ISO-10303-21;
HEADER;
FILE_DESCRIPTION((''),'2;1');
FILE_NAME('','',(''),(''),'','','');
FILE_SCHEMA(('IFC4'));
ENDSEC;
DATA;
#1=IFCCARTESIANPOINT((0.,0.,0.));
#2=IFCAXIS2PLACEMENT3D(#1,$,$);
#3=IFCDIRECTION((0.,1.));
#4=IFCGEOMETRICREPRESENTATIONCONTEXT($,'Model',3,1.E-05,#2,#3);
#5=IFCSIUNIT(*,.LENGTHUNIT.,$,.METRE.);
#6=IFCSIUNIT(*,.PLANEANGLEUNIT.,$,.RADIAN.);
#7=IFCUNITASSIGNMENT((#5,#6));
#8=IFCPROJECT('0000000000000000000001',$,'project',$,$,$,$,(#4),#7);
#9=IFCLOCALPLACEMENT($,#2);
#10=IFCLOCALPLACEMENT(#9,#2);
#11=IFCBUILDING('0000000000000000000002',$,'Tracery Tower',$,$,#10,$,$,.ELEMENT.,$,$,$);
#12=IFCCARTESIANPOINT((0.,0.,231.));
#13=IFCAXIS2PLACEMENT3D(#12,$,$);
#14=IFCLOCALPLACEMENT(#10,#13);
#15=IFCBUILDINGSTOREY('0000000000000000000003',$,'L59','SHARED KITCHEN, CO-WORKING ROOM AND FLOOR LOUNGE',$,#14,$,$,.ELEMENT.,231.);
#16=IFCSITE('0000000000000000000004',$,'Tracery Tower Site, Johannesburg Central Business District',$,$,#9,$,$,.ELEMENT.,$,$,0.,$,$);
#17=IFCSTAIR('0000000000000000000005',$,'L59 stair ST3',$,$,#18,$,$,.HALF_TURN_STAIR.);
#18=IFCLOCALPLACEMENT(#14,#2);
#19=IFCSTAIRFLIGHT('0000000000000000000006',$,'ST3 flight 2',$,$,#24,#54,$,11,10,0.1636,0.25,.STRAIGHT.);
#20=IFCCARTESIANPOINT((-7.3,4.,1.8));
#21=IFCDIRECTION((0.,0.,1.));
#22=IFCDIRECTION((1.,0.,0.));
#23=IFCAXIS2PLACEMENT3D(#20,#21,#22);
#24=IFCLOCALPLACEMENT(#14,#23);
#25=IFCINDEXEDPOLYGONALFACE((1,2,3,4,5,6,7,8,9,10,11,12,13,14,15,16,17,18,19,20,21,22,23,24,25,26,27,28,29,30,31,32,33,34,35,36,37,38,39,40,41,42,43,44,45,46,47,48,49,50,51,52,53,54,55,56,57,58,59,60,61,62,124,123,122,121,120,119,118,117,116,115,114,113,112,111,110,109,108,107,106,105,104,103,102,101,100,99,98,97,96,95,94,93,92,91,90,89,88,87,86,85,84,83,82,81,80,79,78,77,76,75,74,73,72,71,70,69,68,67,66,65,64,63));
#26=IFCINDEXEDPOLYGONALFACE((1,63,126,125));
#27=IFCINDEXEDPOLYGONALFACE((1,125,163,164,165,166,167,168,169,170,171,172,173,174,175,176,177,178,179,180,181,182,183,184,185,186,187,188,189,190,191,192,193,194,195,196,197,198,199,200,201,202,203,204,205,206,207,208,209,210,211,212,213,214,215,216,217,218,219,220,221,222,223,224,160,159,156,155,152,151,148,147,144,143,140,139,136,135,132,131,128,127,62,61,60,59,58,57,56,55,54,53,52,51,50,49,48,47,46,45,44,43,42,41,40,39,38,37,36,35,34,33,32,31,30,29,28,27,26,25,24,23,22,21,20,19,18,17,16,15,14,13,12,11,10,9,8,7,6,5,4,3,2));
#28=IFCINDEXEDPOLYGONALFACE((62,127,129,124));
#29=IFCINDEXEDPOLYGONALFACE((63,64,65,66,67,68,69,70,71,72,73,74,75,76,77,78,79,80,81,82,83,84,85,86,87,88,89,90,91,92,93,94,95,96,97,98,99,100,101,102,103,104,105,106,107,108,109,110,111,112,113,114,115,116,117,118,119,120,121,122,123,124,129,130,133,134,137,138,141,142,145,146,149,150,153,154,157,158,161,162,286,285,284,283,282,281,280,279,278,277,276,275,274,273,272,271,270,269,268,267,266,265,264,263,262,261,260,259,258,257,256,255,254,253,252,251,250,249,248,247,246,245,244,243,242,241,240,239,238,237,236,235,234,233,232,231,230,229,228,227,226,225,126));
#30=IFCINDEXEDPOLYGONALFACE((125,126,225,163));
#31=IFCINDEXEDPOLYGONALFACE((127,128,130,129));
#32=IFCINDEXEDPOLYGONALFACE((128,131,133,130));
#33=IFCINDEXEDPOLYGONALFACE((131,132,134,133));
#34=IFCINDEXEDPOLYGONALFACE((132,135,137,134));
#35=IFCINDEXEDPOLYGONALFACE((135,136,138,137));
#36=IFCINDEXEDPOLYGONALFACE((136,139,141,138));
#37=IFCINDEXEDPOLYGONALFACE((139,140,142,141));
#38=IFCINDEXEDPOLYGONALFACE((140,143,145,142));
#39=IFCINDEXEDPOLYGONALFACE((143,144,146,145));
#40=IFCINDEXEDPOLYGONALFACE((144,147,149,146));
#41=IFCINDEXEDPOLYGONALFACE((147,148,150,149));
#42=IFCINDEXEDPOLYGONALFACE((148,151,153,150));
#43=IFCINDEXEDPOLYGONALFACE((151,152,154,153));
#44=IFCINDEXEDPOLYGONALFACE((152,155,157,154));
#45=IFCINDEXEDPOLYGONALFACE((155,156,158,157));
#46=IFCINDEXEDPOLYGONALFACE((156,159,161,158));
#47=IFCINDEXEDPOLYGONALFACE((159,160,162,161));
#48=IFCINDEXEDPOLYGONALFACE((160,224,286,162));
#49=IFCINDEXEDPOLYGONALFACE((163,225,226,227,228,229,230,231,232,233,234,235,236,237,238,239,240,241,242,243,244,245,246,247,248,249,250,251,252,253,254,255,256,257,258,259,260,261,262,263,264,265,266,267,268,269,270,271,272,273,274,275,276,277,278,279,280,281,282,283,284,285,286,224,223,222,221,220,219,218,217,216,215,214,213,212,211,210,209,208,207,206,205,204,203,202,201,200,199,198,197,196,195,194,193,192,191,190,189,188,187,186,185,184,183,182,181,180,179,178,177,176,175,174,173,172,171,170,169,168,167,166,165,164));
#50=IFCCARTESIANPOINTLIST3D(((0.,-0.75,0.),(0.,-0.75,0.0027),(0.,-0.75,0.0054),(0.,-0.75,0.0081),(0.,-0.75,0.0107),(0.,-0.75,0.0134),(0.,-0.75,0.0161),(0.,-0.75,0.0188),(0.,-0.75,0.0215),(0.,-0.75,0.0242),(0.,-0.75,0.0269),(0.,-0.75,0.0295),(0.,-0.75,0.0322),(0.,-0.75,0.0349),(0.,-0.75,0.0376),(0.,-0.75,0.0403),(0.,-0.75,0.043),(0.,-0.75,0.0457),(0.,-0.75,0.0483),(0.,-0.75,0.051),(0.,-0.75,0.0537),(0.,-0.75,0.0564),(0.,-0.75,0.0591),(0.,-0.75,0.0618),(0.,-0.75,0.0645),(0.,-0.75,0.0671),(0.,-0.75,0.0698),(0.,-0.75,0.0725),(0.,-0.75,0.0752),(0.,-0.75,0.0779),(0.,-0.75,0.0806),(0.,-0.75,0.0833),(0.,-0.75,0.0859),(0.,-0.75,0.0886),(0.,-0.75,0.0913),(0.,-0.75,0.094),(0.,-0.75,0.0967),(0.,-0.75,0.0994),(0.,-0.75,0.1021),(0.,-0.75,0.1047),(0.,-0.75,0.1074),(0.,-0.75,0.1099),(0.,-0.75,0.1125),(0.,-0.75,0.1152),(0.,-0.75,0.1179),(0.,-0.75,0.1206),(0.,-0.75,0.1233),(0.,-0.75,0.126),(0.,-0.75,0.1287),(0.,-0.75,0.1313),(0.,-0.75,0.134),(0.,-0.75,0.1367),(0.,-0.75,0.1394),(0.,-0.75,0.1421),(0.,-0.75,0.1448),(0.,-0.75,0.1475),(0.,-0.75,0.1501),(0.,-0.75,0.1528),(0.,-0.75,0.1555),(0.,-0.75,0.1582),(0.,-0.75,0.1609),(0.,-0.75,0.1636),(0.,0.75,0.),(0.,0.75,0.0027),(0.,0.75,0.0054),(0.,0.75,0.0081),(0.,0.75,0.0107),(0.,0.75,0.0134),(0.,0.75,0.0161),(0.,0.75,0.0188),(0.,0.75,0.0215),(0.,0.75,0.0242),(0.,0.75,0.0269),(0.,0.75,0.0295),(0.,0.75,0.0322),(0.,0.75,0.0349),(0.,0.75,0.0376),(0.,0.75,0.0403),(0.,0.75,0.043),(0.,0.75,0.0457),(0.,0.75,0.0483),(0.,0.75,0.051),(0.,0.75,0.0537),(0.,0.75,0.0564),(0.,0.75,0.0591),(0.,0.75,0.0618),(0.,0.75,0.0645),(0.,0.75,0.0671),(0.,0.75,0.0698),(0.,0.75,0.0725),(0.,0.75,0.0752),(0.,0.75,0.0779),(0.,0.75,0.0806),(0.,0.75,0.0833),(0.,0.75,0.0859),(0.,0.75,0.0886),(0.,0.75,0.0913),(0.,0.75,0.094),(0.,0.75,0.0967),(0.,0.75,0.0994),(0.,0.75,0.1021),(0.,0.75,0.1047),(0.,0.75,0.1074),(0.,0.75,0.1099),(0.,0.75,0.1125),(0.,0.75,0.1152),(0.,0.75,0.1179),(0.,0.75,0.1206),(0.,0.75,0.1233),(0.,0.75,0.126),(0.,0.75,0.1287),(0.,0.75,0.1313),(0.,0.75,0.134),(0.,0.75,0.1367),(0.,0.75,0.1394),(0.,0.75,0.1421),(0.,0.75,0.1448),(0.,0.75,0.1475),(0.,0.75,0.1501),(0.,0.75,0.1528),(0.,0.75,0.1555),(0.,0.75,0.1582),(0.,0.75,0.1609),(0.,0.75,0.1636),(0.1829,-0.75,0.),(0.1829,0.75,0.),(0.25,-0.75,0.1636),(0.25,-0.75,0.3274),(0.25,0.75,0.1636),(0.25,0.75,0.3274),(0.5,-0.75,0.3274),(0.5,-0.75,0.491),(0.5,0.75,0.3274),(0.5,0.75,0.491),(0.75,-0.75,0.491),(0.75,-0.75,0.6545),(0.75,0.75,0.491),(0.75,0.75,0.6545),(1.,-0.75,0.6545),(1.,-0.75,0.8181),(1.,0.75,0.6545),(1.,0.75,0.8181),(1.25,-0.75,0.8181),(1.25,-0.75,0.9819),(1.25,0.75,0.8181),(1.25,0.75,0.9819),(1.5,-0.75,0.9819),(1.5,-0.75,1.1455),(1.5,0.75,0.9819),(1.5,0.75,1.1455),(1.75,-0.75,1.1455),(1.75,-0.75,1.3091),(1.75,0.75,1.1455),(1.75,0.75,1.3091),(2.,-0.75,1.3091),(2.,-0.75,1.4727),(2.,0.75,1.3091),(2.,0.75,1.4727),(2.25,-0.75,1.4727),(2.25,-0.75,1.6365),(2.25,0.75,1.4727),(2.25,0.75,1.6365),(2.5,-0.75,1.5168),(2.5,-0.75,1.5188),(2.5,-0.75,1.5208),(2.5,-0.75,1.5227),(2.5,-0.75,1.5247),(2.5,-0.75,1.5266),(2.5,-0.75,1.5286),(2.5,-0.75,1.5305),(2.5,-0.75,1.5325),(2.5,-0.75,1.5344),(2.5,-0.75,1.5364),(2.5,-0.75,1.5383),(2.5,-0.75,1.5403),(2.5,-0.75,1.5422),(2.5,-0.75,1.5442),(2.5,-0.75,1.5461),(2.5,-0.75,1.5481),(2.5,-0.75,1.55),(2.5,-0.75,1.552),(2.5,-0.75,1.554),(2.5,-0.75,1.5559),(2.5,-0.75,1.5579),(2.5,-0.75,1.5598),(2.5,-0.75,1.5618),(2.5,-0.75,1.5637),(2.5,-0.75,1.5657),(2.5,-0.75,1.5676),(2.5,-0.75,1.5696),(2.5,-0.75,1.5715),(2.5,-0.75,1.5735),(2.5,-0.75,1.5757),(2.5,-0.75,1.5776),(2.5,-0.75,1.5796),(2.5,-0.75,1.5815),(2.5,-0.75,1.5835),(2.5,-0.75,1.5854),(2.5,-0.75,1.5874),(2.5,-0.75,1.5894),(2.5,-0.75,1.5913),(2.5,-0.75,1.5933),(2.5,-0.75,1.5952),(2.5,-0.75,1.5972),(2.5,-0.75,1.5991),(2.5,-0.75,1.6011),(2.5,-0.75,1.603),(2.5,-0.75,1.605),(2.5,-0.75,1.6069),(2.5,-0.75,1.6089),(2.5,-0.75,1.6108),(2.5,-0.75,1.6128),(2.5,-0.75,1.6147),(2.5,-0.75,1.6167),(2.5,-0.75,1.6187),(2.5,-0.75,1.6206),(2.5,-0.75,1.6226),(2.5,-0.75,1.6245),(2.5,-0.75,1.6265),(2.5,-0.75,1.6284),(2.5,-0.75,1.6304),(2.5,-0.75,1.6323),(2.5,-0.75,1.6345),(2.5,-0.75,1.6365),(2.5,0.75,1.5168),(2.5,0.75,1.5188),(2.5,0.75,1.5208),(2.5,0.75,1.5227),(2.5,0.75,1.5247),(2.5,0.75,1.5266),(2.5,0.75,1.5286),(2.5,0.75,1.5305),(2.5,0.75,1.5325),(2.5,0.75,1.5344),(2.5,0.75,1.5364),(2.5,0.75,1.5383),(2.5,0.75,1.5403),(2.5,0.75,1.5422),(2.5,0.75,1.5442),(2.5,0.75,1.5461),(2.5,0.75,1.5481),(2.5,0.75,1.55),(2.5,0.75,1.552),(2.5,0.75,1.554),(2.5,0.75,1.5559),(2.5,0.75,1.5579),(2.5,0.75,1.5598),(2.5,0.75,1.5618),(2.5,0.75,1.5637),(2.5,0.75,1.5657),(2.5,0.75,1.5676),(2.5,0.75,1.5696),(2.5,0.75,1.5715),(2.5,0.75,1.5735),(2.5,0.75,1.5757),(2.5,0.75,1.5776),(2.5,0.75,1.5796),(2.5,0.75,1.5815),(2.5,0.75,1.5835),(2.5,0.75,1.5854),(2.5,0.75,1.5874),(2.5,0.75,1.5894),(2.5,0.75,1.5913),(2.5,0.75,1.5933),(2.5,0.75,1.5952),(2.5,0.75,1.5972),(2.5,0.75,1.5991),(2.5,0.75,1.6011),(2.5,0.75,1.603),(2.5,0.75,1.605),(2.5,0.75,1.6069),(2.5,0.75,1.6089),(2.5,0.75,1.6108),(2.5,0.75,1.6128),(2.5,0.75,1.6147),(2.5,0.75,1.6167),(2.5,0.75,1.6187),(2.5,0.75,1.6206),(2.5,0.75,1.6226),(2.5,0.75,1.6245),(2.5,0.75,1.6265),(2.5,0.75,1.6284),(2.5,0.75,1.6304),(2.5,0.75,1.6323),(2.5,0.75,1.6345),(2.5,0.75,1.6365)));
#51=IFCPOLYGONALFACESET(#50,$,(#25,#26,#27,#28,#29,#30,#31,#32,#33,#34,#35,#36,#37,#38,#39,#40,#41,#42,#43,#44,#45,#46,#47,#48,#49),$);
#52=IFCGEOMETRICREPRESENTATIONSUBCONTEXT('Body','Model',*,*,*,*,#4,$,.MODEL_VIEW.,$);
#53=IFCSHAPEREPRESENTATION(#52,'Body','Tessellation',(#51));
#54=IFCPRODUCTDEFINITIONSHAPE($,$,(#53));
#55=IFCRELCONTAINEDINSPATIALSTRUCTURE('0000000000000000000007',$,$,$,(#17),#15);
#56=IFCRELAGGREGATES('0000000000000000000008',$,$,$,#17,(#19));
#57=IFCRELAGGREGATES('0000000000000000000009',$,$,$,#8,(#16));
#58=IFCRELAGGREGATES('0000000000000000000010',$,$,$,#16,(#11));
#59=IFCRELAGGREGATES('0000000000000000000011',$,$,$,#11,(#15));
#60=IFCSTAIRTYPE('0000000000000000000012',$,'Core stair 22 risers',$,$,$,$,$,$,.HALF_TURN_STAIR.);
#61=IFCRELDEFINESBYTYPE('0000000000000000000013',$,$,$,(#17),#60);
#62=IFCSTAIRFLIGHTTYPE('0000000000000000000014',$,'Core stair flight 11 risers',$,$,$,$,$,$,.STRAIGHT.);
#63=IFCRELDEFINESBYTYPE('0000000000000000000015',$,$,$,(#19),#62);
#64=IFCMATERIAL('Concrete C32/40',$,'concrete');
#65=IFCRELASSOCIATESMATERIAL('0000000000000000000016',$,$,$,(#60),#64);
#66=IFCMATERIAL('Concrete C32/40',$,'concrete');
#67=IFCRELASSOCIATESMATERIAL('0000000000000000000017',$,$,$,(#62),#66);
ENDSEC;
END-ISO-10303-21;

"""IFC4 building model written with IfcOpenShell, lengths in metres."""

from ifc_helpers import new_model, si_unit, direction, frame, origin, place, context, subcontext, project, spatial, polyline, outline, extrude, material, type_object, element, aggregate, save


model = new_model("IFC4")

# Units and contexts
model_context = context("Model", 3, precision=1e-05, world=origin(), true_north=direction((0.0, 1.0)))
body_context = subcontext(model_context, "Body", "Model", "MODEL_VIEW")
ifc_project = project(units=[si_unit("LENGTHUNIT", "METRE"), si_unit("PLANEANGLEUNIT", "RADIAN")], contexts=[model_context])

# Site, building, storey
site_placement = place(None, origin())
site = spatial("IfcSite", under=ifc_project, at=site_placement, Name="Tracery Tower Site, Johannesburg Central Business District", CompositionType="ELEMENT", RefElevation=0.0)
building_placement = place(site_placement, origin())
building = spatial("IfcBuilding", under=site, at=building_placement, Name="Tracery Tower", CompositionType="ELEMENT")
storey_placement = place(building_placement, frame((0.0, 0.0, 231.0)))
storey = spatial("IfcBuildingStorey", under=building, at=storey_placement, Name="L59", Description="SHARED KITCHEN, CO-WORKING ROOM AND FLOOR LOUNGE", CompositionType="ELEMENT", Elevation=231.0)

# Stair, stair flight
ifc_material_1 = material(Name="Concrete C32/40", Category="concrete")
stair_type = type_object("IfcStairType", Name="Core stair 22 risers", PredefinedType="HALF_TURN_STAIR", material=ifc_material_1)
stair_placement = place(storey_placement, origin())
stair = element("IfcStair", 1, at=stair_placement, inside=storey, type_object=stair_type, Name="L59 stair ST3", PredefinedType="HALF_TURN_STAIR")
ifc_material_2 = material(Name="Concrete C32/40", Category="concrete")
stair_flight_type = type_object("IfcStairFlightType", Name="Core stair flight 11 risers", PredefinedType="STRAIGHT", material=ifc_material_2)
stair_flight_1_placement = place(storey_placement, frame((-7.3, 4.0, 1.8), z_axis=(0.0, 0.0, 1.0), x_axis=(1.0, 0.0, 0.0)))
stair_flight_1 = element("IfcStairFlight", 2, at=stair_flight_1_placement, type_object=stair_flight_type, Name="ST3 flight 2", NumberOfRisers=11, NumberOfTreads=10, PredefinedType="STRAIGHT", RiserHeight=0.1636, TreadLength=0.25, context=body_context, shape_type="SweptSolid", body=[
    extrude(outline(polyline([(0.0, 0.0), (0.0, 0.0027), (0.0, 0.0054), (0.0, 0.0081), (0.0, 0.0107), (0.0, 0.0134), (0.0, 0.0161), (0.0, 0.0188), (0.0, 0.0215), (0.0, 0.0242), (0.0, 0.0269), (0.0, 0.0295), (0.0, 0.0322), (0.0, 0.0349), (0.0, 0.0376), (0.0, 0.0403), (0.0, 0.043), (0.0, 0.0457), (0.0, 0.0483), (0.0, 0.051), (0.0, 0.0537), (0.0, 0.0564), (0.0, 0.0591), (0.0, 0.0618), (0.0, 0.0645), (0.0, 0.0671), (0.0, 0.0698), (0.0, 0.0725), (0.0, 0.0752), (0.0, 0.0779), (0.0, 0.0806), (0.0, 0.0833), (0.0, 0.0859), (0.0, 0.0886), (0.0, 0.0913), (0.0, 0.094), (0.0, 0.0967), (0.0, 0.0994), (0.0, 0.1021), (0.0, 0.1047), (0.0, 0.1074), (0.0, 0.1099), (0.0, 0.1125), (0.0, 0.1152), (0.0, 0.1179), (0.0, 0.1206), (0.0, 0.1233), (0.0, 0.126), (0.0, 0.1287), (0.0, 0.1313), (0.0, 0.134), (0.0, 0.1367), (0.0, 0.1394), (0.0, 0.1421), (0.0, 0.1448), (0.0, 0.1475), (0.0, 0.1501), (0.0, 0.1528), (0.0, 0.1555), (0.0, 0.1582), (0.0, 0.1609), (0.0, 0.1636), (0.25, 0.1636), (0.25, 0.3274), (0.5, 0.3274), (0.5, 0.491), (0.75, 0.491), (0.75, 0.6545), (1.0, 0.6545), (1.0, 0.8181), (1.25, 0.8181), (1.25, 0.9819), (1.5, 0.9819), (1.5, 1.1455), (1.75, 1.1455), (1.75, 1.3091), (2.0, 1.3091), (2.0, 1.4727), (2.25, 1.4727), (2.25, 1.6365), (2.5, 1.6365), (2.5, 1.6345), (2.5, 1.6323), (2.5, 1.6304), (2.5, 1.6284), (2.5, 1.6265), (2.5, 1.6245), (2.5, 1.6226), (2.5, 1.6206), (2.5, 1.6187), (2.5, 1.6167), (2.5, 1.6147), (2.5, 1.6128), (2.5, 1.6108), (2.5, 1.6089), (2.5, 1.6069), (2.5, 1.605), (2.5, 1.603), (2.5, 1.6011), (2.5, 1.5991), (2.5, 1.5972), (2.5, 1.5952), (2.5, 1.5933), (2.5, 1.5913), (2.5, 1.5894), (2.5, 1.5874), (2.5, 1.5854), (2.5, 1.5835), (2.5, 1.5815), (2.5, 1.5796), (2.5, 1.5776), (2.5, 1.5757), (2.5, 1.5735), (2.5, 1.5715), (2.5, 1.5696), (2.5, 1.5676), (2.5, 1.5657), (2.5, 1.5637), (2.5, 1.5618), (2.5, 1.5598), (2.5, 1.5579), (2.5, 1.5559), (2.5, 1.554), (2.5, 1.552), (2.5, 1.55), (2.5, 1.5481), (2.5, 1.5461), (2.5, 1.5442), (2.5, 1.5422), (2.5, 1.5403), (2.5, 1.5383), (2.5, 1.5364), (2.5, 1.5344), (2.5, 1.5325), (2.5, 1.5305), (2.5, 1.5286), (2.5, 1.5266), (2.5, 1.5247), (2.5, 1.5227), (2.5, 1.5208), (2.5, 1.5188), (2.5, 1.5168), (0.1829, 0.0), (0.0, 0.0)])), frame((0.0, 0.75, 0.0), z_axis=(0.0, -1.0, 0.0), x_axis=(1.0, 0.0, 0.0)), (0.0, 0.0, 1.0), 1.5),
])
aggregate(stair, [stair_flight_1])

save(model, "model.ifc")
